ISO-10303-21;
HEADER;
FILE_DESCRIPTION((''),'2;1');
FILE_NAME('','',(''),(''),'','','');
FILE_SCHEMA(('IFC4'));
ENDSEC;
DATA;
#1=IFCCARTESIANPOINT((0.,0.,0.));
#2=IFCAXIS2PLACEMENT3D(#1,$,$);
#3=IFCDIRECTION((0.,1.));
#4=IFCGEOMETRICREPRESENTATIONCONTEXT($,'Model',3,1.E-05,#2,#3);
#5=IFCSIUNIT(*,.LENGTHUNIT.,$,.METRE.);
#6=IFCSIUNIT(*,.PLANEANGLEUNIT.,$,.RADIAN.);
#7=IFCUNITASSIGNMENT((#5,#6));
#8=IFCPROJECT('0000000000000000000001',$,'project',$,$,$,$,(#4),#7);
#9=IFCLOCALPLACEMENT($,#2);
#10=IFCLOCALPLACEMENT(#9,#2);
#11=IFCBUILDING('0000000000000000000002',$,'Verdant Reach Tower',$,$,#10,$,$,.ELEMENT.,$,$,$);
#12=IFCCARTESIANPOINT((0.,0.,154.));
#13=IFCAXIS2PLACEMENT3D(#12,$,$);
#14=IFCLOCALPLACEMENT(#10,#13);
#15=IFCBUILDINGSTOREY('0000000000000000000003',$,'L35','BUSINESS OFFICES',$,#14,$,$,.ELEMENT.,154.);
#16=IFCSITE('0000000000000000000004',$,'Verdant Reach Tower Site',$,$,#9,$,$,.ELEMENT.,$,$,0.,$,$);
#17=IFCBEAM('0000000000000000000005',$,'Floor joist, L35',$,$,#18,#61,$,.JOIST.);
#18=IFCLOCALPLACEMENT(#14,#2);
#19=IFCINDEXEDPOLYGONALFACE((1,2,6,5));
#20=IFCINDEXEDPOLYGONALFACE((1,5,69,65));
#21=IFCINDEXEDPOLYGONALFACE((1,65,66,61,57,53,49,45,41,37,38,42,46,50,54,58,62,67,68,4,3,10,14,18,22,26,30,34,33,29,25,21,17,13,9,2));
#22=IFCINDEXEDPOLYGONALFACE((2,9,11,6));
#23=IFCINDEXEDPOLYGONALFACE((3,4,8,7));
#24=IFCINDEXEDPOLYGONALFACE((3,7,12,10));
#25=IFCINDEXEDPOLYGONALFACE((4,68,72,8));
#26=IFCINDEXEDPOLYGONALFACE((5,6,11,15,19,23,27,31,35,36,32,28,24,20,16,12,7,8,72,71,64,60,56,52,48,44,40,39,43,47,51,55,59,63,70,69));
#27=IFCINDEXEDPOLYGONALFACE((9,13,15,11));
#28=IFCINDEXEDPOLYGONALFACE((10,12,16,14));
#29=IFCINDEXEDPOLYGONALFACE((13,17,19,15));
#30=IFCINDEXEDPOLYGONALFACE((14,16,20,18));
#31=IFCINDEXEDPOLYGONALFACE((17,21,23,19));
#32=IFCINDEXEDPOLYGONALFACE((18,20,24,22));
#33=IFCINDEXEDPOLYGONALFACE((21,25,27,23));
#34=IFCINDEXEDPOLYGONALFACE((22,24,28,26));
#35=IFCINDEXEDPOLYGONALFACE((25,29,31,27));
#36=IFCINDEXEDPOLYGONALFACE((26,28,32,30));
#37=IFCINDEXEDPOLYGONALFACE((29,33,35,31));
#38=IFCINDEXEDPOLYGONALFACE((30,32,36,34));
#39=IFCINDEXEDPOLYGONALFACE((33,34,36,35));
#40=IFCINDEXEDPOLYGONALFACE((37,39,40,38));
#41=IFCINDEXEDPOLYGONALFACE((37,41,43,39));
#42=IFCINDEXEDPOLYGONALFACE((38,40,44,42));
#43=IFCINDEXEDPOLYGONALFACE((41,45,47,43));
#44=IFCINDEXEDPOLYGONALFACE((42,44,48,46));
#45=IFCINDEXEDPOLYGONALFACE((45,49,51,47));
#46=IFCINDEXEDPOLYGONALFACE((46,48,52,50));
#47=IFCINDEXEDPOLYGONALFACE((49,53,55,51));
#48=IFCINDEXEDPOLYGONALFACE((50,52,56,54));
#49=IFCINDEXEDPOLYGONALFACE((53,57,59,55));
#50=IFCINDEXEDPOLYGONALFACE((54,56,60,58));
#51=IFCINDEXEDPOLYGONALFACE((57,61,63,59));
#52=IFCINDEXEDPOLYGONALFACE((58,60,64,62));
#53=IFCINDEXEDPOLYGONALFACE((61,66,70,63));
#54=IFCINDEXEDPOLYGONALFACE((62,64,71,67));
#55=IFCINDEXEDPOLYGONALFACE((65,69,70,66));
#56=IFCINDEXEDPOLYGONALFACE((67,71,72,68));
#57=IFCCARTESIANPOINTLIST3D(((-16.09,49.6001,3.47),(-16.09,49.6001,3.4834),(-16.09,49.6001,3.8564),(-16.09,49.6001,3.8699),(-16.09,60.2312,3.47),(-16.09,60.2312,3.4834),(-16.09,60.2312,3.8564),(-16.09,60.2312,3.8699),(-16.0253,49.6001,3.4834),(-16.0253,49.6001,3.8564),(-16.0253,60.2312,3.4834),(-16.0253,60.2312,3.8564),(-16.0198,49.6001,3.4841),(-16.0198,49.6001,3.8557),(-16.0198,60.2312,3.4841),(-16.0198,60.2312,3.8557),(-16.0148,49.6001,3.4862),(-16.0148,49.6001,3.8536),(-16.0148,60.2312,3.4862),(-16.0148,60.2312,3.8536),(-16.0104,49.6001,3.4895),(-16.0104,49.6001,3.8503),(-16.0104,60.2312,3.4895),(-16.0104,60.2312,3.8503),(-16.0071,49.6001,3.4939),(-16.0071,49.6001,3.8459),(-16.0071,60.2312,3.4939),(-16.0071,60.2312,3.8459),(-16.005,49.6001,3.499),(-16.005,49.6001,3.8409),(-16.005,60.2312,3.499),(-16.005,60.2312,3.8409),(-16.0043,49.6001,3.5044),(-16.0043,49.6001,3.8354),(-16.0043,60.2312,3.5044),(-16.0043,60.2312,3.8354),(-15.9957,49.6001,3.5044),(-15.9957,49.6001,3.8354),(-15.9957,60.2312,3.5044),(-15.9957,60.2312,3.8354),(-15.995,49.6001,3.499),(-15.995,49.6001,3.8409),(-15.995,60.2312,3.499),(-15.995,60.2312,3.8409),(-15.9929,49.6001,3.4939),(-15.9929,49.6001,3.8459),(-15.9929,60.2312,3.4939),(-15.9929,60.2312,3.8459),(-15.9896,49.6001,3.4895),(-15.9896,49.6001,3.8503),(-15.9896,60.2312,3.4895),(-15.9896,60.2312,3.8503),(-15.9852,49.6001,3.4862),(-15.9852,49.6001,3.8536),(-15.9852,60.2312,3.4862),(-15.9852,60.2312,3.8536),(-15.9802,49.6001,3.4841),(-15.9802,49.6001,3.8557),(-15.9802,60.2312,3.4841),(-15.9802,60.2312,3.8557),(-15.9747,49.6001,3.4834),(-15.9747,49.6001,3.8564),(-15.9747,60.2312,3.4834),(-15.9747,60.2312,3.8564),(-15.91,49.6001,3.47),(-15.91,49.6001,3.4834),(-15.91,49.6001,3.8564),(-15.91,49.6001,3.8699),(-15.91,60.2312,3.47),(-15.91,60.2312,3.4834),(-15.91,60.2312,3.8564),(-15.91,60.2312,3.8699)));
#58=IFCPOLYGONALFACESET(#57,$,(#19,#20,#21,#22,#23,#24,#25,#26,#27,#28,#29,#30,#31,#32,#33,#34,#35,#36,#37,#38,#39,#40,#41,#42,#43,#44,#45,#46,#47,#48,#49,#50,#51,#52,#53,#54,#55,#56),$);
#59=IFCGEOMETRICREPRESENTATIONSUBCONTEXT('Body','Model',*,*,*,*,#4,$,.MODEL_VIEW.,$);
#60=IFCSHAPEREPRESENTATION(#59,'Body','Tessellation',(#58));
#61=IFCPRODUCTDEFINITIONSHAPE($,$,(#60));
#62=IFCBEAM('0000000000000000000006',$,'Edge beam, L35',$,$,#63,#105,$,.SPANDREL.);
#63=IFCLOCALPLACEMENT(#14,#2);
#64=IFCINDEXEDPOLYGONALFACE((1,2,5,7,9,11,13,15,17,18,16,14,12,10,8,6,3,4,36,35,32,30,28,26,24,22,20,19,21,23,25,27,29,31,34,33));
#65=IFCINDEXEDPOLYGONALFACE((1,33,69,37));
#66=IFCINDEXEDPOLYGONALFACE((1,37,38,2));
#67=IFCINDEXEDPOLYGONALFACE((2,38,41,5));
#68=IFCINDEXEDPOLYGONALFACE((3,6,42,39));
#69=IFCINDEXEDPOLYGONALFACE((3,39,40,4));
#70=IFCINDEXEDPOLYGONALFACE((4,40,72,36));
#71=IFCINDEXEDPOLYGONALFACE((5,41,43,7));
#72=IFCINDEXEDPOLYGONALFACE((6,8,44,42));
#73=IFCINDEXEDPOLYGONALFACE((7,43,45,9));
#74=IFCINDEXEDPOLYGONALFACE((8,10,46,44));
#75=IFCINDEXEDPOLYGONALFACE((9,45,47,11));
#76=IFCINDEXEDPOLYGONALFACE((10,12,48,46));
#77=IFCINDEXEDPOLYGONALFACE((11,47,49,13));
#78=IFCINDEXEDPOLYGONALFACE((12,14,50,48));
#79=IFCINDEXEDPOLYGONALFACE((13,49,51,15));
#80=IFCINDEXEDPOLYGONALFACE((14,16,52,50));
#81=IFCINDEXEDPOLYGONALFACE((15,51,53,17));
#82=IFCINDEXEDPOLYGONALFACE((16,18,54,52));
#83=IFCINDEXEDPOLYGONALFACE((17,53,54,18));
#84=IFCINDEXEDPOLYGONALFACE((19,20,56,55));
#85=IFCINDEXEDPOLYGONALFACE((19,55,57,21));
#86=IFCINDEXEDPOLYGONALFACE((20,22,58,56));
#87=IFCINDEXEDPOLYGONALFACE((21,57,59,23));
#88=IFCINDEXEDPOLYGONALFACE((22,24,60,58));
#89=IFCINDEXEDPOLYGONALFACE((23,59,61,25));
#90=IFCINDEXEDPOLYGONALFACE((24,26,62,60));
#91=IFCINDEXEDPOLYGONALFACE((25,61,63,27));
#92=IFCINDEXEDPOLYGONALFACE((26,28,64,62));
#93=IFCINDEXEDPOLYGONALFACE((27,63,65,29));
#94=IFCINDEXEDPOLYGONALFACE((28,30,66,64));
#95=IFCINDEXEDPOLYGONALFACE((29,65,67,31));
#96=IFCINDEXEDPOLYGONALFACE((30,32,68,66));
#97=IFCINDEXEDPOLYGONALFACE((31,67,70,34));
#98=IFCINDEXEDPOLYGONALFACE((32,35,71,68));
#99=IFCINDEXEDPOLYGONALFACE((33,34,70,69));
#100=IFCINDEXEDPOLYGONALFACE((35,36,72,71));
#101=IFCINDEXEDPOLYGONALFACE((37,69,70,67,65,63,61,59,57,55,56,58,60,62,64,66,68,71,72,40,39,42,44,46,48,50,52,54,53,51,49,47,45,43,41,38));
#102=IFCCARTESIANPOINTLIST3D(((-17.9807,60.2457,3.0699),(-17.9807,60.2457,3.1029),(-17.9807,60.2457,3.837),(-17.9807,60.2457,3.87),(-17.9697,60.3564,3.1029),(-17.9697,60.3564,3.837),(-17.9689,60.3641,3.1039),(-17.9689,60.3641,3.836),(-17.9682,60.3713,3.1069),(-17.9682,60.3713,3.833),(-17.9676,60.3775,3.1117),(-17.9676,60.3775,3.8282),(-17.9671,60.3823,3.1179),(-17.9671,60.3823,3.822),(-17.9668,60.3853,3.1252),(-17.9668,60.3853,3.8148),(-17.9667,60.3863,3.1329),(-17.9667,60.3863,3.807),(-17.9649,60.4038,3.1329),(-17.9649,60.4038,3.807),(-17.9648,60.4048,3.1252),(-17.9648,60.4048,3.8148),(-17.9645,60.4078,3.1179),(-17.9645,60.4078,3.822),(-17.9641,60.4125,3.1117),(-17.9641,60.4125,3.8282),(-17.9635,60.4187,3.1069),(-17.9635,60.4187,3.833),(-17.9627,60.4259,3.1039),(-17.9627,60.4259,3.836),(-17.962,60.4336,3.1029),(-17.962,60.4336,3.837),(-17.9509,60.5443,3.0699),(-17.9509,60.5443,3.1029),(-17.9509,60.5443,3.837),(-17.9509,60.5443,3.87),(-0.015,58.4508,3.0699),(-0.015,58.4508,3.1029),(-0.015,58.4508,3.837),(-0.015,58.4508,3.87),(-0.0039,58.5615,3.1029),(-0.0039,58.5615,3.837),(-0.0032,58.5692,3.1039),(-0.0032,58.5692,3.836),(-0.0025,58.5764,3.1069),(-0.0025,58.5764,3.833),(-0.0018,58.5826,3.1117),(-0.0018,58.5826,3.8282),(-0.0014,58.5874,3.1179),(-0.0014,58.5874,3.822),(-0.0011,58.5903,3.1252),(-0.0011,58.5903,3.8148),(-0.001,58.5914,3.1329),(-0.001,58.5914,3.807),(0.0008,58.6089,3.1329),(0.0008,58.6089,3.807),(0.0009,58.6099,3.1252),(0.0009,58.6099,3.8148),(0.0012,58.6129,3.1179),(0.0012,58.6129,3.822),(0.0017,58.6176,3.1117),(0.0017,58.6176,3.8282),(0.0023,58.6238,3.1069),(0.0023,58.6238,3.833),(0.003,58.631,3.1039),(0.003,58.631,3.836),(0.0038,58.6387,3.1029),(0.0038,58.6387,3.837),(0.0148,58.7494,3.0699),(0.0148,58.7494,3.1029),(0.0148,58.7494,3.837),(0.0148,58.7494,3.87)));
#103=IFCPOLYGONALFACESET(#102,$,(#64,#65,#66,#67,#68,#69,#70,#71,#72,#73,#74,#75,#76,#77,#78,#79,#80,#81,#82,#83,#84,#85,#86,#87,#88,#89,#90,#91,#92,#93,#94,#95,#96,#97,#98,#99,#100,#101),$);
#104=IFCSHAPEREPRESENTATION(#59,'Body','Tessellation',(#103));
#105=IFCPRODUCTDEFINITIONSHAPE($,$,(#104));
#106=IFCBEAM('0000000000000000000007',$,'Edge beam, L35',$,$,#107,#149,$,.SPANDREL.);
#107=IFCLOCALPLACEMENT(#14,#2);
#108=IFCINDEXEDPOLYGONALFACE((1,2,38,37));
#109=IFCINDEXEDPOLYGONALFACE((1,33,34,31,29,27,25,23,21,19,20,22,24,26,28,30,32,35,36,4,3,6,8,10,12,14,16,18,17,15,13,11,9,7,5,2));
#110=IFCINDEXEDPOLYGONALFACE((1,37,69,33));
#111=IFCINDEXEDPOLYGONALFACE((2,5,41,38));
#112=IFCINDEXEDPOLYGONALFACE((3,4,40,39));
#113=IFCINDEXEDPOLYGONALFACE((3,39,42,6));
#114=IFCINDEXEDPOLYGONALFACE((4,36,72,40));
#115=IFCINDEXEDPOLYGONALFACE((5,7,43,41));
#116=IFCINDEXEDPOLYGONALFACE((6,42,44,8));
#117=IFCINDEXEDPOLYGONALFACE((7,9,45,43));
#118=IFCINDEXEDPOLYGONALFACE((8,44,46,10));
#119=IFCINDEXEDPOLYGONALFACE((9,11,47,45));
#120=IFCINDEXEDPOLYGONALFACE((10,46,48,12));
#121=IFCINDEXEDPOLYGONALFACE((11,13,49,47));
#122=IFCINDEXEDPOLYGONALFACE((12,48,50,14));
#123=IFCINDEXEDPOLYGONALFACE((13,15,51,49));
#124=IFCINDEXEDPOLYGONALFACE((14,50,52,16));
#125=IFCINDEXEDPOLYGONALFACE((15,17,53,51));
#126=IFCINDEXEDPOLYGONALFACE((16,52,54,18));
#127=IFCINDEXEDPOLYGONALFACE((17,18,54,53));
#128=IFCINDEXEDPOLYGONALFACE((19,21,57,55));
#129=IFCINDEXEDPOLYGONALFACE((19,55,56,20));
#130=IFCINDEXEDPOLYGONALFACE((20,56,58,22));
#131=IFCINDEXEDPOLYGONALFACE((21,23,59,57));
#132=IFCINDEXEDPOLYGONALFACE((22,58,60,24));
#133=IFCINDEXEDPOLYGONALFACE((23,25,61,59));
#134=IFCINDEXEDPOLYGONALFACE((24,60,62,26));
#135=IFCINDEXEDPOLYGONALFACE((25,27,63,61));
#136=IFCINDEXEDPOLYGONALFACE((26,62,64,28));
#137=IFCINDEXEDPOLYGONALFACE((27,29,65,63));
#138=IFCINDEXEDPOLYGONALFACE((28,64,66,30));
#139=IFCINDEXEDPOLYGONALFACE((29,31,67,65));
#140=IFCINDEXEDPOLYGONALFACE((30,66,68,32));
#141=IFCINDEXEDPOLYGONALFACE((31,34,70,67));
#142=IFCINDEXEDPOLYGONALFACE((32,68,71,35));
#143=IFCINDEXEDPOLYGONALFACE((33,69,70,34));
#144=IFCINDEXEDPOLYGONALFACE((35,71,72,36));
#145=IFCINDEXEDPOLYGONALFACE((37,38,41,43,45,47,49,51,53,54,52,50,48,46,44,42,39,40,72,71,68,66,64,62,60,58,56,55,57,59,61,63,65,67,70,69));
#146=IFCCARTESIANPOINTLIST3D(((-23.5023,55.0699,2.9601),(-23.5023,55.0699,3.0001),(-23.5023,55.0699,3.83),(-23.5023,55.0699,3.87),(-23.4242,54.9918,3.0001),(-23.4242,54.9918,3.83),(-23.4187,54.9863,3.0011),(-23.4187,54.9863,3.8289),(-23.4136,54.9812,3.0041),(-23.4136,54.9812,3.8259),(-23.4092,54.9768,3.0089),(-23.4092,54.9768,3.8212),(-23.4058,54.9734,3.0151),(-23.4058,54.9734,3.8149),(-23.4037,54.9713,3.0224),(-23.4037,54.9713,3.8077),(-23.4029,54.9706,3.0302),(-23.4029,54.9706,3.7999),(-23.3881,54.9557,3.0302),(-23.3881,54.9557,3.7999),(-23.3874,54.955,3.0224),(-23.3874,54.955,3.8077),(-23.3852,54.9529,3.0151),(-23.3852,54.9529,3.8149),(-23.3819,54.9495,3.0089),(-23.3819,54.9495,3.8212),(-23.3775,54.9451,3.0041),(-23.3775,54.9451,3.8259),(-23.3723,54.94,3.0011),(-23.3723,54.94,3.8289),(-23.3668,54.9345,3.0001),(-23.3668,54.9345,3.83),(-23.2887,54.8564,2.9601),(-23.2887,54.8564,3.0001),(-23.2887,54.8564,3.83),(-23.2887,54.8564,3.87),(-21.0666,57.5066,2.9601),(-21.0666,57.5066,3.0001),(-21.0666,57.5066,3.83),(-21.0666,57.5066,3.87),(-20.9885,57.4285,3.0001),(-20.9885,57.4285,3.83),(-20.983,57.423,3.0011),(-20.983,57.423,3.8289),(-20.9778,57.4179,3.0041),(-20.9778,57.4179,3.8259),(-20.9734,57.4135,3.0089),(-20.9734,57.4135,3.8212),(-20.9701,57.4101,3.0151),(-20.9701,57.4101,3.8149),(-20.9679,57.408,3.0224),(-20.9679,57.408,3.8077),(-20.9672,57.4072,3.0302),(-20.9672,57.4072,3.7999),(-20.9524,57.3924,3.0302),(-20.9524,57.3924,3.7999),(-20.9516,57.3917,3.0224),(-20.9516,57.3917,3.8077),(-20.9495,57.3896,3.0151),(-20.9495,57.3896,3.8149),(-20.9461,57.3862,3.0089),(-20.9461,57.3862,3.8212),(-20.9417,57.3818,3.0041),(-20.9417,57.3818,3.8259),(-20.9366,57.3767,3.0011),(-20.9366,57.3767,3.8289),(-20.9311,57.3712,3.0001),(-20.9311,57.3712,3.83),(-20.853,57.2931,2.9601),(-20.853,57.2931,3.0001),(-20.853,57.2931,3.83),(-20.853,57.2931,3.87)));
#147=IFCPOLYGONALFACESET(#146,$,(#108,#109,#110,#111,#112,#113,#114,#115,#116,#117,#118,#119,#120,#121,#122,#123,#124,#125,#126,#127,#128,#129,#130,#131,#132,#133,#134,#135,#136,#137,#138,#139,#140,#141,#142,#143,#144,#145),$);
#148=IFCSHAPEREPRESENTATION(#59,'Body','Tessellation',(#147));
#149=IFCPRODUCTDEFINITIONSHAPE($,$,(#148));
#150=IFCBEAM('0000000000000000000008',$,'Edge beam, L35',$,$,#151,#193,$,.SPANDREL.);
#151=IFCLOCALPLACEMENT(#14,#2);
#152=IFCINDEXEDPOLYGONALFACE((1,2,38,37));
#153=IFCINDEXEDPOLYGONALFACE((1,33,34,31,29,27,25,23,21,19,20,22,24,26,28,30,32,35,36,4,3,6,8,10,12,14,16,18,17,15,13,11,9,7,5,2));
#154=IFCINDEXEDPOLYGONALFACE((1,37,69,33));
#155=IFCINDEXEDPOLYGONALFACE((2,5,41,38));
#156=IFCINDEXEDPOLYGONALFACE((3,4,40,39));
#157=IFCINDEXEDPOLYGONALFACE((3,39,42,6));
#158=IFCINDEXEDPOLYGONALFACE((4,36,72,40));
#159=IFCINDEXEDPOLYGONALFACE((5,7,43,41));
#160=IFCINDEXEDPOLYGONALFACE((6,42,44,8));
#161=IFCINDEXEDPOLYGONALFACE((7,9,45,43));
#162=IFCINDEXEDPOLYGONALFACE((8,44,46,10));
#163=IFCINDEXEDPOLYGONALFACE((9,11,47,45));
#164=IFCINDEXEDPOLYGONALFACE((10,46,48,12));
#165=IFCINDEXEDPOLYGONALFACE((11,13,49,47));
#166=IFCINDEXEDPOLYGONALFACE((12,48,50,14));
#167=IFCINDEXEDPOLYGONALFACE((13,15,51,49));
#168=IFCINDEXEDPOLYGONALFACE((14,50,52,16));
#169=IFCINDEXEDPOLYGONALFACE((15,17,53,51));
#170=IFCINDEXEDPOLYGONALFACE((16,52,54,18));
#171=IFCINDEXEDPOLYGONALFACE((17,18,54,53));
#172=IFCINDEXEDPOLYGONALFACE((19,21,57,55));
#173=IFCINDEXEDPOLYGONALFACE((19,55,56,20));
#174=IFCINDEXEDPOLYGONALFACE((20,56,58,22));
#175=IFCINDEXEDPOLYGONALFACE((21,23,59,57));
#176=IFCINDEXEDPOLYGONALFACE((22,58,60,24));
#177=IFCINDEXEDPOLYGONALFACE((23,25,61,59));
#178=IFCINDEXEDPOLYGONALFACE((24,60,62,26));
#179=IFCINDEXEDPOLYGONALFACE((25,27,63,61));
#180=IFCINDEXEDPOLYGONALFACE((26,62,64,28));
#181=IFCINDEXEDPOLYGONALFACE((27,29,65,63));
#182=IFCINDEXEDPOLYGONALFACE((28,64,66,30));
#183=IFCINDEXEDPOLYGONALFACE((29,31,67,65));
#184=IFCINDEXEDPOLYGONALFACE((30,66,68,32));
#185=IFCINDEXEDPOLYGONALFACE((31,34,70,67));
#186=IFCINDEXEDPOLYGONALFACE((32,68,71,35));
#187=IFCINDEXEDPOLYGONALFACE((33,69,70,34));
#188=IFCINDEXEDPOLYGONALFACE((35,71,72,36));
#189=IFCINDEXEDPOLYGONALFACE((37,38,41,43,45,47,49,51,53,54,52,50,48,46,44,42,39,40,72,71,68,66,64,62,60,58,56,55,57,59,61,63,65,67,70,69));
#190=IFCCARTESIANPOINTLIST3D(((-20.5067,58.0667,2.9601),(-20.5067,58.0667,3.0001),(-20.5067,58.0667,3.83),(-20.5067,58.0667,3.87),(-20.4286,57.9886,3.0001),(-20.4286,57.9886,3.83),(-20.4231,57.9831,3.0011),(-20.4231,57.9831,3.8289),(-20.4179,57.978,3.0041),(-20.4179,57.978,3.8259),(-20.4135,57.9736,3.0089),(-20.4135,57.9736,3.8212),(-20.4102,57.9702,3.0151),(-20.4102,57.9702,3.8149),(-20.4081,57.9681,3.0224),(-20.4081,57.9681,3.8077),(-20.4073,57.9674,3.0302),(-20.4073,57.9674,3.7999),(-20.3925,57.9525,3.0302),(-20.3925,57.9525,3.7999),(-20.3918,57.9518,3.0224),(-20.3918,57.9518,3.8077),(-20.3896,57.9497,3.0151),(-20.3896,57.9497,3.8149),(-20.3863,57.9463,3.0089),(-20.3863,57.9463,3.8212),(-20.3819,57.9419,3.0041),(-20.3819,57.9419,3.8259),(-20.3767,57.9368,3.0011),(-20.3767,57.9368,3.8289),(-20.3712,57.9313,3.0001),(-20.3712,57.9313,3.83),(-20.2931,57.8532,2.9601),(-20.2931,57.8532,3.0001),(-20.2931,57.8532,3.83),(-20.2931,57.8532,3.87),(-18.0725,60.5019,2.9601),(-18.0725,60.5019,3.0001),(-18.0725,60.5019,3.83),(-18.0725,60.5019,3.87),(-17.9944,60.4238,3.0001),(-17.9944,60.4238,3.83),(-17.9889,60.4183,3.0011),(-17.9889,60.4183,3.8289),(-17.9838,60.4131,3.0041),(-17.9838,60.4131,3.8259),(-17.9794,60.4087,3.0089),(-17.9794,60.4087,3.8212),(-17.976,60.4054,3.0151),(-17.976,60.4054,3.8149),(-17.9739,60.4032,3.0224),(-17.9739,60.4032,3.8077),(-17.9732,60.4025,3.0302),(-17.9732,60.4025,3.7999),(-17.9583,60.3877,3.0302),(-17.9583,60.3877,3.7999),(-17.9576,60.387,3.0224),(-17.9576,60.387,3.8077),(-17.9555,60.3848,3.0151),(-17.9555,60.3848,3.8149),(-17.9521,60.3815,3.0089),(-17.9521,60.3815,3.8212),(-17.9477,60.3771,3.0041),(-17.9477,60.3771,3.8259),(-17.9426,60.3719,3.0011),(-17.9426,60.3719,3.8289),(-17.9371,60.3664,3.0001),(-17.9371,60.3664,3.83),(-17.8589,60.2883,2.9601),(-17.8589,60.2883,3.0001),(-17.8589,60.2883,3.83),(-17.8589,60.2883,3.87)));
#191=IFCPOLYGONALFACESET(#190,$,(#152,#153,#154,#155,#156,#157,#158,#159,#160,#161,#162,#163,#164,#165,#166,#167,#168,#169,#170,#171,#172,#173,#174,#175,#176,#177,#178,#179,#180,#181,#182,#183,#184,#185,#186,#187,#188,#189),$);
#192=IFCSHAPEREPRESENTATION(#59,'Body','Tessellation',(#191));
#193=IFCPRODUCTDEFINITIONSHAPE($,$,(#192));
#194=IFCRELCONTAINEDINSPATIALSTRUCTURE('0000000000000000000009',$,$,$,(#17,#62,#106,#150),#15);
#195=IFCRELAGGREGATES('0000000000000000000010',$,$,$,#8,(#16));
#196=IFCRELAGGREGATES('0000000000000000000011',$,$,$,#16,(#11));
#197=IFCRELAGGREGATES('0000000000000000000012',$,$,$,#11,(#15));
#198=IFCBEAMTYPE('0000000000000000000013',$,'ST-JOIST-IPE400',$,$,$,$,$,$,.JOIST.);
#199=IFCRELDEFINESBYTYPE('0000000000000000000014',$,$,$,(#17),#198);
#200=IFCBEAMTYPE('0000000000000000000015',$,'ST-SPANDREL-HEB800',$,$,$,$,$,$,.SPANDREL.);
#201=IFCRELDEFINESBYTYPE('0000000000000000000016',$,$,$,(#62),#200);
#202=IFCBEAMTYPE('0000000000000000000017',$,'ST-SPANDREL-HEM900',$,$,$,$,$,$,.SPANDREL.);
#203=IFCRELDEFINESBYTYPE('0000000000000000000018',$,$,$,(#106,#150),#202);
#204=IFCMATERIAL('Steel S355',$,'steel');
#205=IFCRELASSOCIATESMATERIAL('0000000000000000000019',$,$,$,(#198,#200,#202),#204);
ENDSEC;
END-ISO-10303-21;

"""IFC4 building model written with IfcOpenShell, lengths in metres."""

from ifc_helpers import new_model, si_unit, direction, frame, origin, origin_2d, place, context, subcontext, project, spatial, i_section, extrude, material, material_profile, profile_set, type_object, element, save


model = new_model("IFC4")

# Units and contexts
model_context = context("Model", 3, precision=1e-05, world=origin(), true_north=direction((0.0, 1.0)))
body_context = subcontext(model_context, "Body", "Model", "MODEL_VIEW")
ifc_project = project(units=[si_unit("LENGTHUNIT", "METRE"), si_unit("PLANEANGLEUNIT", "RADIAN")], contexts=[model_context])

# Site, building, storey
site_placement = place(None, origin())
site = spatial("IfcSite", under=ifc_project, at=site_placement, Name="Verdant Reach Tower Site", CompositionType="ELEMENT", RefElevation=0.0)
building_placement = place(site_placement, origin())
building = spatial("IfcBuilding", under=site, at=building_placement, Name="Verdant Reach Tower", CompositionType="ELEMENT")
storey_placement = place(building_placement, frame((0.0, 0.0, 154.0)))
storey = spatial("IfcBuildingStorey", under=building, at=storey_placement, Name="L35", Description="BUSINESS OFFICES", CompositionType="ELEMENT", Elevation=154.0)

# Beams
ifc_material_1 = material(Name="Steel S355", Category="steel")
ifc_material_profile_1 = material_profile(ifc_material_1, i_section(OverallWidth=0.1799, OverallDepth=0.3999, WebThickness=0.0085, FlangeThickness=0.0134, FilletRadius=0.021, at=origin_2d()), Name="IPE 400")
ifc_profile_set_1 = profile_set([ifc_material_profile_1], Name="Steel S355")
beam_type_1 = type_object("IfcBeamType", Name="ST-JOIST-IPE400", PredefinedType="JOIST", material=ifc_profile_set_1)
beam_1_placement = place(storey_placement, frame((-16.0, 49.6001, 3.6699), z_axis=(0.0, 1.0, 0.0), x_axis=(-1.0, 0.0, 0.0)))
element("IfcBeam", 1, at=beam_1_placement, inside=storey, type_object=beam_type_1, Name="Floor joist, L35", PredefinedType="JOIST", context=body_context, shape_type="SweptSolid", body=[
    extrude(i_section(OverallWidth=0.1799, OverallDepth=0.3999, WebThickness=0.0085, FlangeThickness=0.0134, FilletRadius=0.021, at=origin_2d()), origin(), (0.0, 0.0, 1.0), 10.6311),
])
ifc_material_profile_2 = material_profile(ifc_material_1, i_section(OverallWidth=0.3, OverallDepth=0.8, WebThickness=0.0176, FlangeThickness=0.033, FilletRadius=0.03, at=origin_2d()), Name="HEB 800")
ifc_profile_set_2 = profile_set([ifc_material_profile_2], Name="Steel S355")
beam_type_2 = type_object("IfcBeamType", Name="ST-SPANDREL-HEB800", PredefinedType="SPANDREL", material=ifc_profile_set_2)
beam_2_placement = place(storey_placement, frame((-17.9658, 60.395, 3.47), z_axis=(0.995046, -0.099413, 0.0), x_axis=(0.099413, 0.995046, 0.0)))
element("IfcBeam", 2, at=beam_2_placement, inside=storey, type_object=beam_type_2, Name="Edge beam, L35", PredefinedType="SPANDREL", context=body_context, shape_type="SweptSolid", body=[
    extrude(i_section(OverallWidth=0.3, OverallDepth=0.8, WebThickness=0.0176, FlangeThickness=0.033, FilletRadius=0.03, at=origin_2d()), origin(), (0.0, 0.0, 1.0), 18.0552),
])
ifc_material_profile_3 = material_profile(ifc_material_1, i_section(OverallWidth=0.302, OverallDepth=0.9099, WebThickness=0.021, FlangeThickness=0.04, FilletRadius=0.03, at=origin_2d()), Name="HEM 900")
ifc_profile_set_3 = profile_set([ifc_material_profile_3], Name="Steel S355")
beam_type_3 = type_object("IfcBeamType", Name="ST-SPANDREL-HEM900", PredefinedType="SPANDREL", material=ifc_profile_set_3)
beam_3_placement = place(storey_placement, frame((-23.3955, 54.9631, 3.415), z_axis=(0.706965, 0.707248, 0.0), x_axis=(-0.707248, 0.706965, 0.0)))
element("IfcBeam", 3, at=beam_3_placement, inside=storey, type_object=beam_type_3, Name="Edge beam, L35", PredefinedType="SPANDREL", context=body_context, shape_type="SweptSolid", body=[
    extrude(i_section(OverallWidth=0.302, OverallDepth=0.9099, WebThickness=0.021, FlangeThickness=0.04, FilletRadius=0.03, at=origin_2d()), origin(), (0.0, 0.0, 1.0), 3.4453),
])
beam_4_placement = place(storey_placement, frame((-20.3999, 57.96, 3.415), z_axis=(0.706965, 0.707249, 0.0), x_axis=(-0.707249, 0.706965, 0.0)))
element("IfcBeam", 4, at=beam_4_placement, inside=storey, type_object=beam_type_3, Name="Edge beam, L35", PredefinedType="SPANDREL", context=body_context, shape_type="SweptSolid", body=[
    extrude(i_section(OverallWidth=0.302, OverallDepth=0.9099, WebThickness=0.021, FlangeThickness=0.04, FilletRadius=0.03, at=origin_2d()), origin(), (0.0, 0.0, 1.0), 3.4431),
])

save(model, "model.ifc")
